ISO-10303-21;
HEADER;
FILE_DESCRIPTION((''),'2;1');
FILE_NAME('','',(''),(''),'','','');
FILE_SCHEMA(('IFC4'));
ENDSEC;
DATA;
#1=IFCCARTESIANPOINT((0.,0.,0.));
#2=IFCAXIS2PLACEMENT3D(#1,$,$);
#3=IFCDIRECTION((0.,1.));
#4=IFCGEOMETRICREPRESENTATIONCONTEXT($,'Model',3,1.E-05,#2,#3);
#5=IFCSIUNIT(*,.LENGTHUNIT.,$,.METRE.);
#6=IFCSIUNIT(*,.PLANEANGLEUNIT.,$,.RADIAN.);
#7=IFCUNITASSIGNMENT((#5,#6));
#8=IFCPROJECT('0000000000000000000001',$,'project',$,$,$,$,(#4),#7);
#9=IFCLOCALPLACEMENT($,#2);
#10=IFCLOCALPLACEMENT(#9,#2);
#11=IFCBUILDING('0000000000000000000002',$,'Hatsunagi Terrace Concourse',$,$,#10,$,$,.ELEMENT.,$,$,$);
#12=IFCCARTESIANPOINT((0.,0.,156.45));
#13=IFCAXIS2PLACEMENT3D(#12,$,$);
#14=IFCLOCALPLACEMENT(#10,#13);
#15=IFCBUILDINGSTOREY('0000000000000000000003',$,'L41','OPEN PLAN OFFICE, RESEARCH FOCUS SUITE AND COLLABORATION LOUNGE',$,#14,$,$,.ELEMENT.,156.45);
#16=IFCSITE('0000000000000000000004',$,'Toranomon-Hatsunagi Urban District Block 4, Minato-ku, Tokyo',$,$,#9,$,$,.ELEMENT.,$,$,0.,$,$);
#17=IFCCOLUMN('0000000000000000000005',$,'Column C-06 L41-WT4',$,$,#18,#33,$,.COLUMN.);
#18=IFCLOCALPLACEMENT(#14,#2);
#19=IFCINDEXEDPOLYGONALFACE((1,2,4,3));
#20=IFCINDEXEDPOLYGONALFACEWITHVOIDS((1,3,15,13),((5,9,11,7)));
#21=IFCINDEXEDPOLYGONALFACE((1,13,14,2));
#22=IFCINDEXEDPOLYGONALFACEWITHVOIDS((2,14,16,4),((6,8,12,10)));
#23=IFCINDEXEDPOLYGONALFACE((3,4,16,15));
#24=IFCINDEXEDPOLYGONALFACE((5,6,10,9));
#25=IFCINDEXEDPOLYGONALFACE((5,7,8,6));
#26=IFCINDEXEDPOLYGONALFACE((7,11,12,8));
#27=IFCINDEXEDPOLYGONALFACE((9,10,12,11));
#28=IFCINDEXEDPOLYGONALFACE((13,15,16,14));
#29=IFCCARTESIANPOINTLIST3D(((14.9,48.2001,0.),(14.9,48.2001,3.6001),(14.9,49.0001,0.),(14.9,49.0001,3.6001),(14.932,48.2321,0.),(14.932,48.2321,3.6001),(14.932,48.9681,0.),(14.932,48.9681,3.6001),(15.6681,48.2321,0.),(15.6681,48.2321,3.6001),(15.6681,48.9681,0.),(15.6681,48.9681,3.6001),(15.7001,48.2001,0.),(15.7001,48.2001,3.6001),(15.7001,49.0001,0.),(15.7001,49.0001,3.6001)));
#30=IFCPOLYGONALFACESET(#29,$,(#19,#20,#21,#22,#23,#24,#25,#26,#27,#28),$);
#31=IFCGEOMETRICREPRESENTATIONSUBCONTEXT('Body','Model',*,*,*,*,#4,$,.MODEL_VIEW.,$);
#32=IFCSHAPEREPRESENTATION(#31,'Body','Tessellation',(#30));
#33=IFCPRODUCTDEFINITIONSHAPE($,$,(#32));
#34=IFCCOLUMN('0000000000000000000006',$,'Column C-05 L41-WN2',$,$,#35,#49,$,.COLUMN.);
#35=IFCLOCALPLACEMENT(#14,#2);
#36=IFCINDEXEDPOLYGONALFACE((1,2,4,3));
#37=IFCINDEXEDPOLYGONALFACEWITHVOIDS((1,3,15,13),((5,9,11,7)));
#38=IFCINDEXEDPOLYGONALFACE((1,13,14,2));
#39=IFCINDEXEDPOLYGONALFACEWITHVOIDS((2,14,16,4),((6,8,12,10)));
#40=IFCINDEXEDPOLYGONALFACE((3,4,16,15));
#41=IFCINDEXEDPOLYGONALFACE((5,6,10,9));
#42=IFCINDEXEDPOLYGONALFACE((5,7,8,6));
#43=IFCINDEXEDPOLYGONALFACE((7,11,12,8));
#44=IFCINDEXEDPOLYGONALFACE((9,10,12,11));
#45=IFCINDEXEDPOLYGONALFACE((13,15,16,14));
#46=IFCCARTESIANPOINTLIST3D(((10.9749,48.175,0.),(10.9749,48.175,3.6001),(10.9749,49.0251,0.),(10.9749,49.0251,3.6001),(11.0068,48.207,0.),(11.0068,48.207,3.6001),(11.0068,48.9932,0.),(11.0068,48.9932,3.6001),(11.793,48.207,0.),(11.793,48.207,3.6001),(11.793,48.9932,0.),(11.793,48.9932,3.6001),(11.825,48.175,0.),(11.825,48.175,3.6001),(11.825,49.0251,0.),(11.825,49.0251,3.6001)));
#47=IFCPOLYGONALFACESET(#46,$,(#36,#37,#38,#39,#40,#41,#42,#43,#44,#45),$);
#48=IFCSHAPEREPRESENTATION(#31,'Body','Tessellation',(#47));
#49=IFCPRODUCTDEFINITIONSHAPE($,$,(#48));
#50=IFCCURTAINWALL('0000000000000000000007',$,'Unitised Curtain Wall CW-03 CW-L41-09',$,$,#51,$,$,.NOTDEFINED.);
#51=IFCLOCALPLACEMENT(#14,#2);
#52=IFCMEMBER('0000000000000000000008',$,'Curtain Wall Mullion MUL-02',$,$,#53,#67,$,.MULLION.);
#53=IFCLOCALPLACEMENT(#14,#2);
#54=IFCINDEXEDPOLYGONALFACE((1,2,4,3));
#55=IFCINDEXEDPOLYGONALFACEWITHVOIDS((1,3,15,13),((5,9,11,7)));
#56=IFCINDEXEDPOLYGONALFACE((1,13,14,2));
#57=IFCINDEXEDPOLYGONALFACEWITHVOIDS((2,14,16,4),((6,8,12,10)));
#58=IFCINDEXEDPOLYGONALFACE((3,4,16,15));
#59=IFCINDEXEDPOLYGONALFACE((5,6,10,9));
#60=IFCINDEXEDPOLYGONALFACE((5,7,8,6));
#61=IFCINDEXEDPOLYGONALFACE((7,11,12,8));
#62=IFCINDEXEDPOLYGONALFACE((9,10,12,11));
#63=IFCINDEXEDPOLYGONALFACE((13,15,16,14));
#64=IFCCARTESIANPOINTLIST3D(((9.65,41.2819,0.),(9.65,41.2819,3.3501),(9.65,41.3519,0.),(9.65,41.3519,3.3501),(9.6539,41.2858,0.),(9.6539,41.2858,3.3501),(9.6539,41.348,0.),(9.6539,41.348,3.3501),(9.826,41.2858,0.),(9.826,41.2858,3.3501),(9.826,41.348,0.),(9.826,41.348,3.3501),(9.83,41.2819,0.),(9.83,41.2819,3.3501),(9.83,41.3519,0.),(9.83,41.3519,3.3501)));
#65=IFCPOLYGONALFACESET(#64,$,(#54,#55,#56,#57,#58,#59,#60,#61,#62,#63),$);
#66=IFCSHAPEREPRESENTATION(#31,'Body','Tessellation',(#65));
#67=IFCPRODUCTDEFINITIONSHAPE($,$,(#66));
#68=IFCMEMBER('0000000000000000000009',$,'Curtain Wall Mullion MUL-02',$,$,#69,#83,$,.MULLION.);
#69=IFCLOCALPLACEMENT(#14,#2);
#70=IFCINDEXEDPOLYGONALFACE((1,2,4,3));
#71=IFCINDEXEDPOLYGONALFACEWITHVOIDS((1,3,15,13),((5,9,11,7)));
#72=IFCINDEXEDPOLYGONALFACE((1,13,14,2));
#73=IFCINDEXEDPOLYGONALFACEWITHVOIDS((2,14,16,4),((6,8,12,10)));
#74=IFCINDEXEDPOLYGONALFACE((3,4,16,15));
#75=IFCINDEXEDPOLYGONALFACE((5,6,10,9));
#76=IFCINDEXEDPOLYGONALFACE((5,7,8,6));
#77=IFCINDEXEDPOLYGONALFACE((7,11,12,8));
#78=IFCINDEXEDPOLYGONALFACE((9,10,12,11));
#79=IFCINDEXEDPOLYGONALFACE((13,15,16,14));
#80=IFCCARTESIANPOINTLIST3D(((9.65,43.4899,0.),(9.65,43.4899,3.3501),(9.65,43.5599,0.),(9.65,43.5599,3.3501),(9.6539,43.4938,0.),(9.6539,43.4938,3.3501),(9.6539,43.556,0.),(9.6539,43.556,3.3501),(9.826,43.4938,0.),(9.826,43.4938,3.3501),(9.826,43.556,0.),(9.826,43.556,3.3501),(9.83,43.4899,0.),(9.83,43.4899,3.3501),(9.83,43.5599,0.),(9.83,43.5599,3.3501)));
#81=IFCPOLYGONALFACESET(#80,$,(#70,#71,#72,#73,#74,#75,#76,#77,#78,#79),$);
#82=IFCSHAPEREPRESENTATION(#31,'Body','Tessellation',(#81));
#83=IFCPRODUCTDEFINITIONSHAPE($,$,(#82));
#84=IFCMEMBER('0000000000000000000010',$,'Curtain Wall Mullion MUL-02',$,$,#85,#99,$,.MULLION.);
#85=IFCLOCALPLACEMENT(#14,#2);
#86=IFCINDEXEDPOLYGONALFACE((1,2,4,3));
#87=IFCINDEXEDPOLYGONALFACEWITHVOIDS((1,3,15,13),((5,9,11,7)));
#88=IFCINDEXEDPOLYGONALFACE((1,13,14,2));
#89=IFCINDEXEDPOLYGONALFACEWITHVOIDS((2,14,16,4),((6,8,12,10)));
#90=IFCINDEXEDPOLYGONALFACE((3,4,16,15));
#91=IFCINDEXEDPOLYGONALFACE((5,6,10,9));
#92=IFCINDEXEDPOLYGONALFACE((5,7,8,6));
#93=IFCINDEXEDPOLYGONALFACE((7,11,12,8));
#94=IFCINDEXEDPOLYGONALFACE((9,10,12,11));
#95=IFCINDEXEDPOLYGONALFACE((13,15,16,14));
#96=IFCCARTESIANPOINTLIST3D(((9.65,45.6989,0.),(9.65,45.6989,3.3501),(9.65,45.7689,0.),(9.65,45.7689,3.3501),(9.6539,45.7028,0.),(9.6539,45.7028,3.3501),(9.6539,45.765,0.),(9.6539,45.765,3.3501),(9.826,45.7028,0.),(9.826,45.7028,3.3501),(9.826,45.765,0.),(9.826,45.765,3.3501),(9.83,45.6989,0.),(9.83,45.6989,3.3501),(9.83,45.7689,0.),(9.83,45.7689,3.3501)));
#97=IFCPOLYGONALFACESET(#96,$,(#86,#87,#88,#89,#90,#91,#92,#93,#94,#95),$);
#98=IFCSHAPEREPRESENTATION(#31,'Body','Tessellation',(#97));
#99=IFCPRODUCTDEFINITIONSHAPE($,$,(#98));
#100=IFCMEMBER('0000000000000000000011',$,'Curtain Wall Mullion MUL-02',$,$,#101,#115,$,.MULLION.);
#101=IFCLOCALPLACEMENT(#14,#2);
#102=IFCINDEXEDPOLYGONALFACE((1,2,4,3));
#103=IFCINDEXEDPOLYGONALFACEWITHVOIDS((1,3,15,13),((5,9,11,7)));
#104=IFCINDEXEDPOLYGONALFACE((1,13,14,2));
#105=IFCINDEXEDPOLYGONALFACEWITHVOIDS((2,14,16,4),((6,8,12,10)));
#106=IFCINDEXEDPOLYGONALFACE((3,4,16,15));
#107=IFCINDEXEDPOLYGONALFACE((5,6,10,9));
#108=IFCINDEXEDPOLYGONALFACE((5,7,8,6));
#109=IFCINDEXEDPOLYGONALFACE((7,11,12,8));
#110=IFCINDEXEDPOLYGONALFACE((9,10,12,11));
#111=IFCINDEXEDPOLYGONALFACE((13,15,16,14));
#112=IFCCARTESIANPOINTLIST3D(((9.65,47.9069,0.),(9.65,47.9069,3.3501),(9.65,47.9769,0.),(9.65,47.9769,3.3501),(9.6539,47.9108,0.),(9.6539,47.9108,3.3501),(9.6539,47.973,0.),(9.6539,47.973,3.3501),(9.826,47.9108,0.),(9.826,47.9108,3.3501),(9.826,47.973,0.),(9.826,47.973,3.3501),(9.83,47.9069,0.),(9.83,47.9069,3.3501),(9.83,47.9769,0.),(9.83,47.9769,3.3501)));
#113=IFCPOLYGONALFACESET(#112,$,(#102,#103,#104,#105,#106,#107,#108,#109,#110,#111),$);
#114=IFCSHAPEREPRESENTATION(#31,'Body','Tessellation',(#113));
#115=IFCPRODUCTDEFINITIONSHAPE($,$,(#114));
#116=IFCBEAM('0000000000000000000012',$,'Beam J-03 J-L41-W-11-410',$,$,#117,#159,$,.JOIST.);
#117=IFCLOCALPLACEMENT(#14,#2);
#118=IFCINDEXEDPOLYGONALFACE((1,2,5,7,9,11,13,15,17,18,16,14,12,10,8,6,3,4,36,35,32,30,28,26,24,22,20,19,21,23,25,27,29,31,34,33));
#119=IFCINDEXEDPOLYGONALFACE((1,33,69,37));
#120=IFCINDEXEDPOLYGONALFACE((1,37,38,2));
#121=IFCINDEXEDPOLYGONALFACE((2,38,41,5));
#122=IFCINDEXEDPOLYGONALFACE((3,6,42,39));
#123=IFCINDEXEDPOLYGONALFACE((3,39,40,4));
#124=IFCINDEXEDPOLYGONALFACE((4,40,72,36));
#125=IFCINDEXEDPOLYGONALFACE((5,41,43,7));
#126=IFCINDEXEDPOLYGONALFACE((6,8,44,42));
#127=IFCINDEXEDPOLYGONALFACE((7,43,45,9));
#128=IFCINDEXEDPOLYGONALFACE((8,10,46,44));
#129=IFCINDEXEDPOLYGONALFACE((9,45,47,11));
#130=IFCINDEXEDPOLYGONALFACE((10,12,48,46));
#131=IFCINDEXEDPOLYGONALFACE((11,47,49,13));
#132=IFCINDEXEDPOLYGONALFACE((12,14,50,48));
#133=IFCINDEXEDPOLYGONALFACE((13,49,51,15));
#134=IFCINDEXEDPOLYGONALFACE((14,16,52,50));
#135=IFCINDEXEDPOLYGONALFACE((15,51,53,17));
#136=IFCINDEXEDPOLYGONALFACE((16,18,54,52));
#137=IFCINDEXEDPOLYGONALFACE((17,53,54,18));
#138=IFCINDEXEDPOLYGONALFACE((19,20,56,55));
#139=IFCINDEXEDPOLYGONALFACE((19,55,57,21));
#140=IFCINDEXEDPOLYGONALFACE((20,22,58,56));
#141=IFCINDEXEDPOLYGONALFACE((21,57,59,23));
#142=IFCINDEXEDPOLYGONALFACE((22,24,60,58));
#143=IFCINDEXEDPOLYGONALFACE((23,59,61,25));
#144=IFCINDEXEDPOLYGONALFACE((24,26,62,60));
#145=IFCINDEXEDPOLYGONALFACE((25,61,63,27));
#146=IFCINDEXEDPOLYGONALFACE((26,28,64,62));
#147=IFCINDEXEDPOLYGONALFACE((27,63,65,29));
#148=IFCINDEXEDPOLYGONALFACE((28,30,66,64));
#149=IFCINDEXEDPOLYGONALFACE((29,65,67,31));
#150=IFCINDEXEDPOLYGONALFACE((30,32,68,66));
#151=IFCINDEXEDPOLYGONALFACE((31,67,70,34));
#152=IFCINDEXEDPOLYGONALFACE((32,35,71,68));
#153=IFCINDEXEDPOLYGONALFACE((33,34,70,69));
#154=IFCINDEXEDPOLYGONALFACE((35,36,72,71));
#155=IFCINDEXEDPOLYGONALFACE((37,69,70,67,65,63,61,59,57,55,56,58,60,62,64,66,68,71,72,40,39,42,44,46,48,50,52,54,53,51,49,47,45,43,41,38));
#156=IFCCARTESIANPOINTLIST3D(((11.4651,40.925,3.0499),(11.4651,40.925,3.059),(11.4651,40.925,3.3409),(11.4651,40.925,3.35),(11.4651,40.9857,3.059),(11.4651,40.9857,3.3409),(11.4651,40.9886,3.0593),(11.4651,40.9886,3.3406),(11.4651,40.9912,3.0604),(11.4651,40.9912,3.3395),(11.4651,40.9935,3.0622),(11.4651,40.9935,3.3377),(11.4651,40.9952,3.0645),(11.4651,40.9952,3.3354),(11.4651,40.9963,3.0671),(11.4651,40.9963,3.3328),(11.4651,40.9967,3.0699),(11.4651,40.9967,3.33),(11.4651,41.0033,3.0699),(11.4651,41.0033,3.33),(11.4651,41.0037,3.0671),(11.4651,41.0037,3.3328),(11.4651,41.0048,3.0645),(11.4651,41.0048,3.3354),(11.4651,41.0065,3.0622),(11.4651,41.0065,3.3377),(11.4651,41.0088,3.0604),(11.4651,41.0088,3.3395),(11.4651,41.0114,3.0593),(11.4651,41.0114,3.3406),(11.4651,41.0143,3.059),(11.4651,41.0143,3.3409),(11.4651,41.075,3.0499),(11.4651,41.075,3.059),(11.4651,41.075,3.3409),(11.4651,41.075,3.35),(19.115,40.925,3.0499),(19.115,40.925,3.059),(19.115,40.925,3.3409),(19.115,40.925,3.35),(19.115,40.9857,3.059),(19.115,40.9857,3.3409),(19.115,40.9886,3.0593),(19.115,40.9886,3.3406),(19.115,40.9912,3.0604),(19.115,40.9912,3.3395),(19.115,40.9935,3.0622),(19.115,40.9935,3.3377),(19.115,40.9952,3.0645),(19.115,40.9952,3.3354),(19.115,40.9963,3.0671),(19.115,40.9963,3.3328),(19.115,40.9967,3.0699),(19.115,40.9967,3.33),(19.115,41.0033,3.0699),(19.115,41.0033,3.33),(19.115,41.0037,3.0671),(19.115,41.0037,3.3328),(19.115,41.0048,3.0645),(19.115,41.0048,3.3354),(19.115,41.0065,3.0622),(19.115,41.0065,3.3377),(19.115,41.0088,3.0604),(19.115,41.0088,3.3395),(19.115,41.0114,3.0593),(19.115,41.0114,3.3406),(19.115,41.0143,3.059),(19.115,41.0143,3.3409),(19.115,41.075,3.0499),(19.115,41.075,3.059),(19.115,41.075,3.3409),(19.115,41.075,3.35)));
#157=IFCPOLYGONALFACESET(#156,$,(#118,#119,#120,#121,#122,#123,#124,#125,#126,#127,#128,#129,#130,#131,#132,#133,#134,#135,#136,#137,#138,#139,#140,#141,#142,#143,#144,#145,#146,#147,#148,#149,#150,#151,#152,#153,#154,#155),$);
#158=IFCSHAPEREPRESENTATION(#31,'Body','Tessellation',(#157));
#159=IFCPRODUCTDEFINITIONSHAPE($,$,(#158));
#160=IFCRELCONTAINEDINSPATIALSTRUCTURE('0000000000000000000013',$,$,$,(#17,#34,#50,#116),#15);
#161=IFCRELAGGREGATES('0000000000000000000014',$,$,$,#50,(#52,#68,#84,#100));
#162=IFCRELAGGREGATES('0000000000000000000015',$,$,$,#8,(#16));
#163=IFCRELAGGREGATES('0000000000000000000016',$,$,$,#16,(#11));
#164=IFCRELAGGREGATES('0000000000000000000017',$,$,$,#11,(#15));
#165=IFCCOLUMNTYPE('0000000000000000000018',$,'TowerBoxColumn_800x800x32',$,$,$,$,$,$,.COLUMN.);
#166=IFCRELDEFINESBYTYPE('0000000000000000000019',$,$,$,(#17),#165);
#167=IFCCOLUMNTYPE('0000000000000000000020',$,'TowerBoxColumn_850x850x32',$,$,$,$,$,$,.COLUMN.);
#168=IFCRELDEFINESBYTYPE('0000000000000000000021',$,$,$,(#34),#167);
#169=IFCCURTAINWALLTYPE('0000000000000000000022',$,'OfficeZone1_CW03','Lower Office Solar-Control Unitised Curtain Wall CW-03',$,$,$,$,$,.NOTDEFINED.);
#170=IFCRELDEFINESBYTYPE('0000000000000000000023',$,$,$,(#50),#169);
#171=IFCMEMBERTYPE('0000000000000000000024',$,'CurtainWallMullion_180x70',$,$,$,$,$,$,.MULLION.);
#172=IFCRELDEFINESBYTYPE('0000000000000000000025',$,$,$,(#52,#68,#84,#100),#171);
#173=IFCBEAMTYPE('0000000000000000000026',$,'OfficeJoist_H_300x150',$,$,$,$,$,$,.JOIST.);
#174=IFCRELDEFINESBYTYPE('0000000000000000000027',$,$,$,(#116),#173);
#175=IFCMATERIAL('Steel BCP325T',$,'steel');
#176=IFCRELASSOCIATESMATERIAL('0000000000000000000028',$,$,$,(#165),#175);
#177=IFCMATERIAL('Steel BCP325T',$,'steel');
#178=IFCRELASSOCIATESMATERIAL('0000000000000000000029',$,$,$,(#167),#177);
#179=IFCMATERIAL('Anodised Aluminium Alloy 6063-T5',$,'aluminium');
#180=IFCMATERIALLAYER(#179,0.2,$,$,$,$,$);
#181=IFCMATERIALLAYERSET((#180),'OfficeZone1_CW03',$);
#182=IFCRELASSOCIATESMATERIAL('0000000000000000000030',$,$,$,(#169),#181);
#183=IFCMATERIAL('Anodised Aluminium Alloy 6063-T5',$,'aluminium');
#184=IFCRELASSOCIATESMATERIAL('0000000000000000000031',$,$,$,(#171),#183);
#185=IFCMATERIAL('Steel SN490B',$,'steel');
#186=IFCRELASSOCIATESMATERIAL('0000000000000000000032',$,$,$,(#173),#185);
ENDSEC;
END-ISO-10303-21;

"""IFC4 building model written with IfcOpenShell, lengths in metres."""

from ifc_helpers import new_model, si_unit, direction, frame, origin, origin_2d, place, context, subcontext, project, spatial, hollow_rectangle, i_section, extrude, material, layer, layer_set, material_profile, profile_set, type_object, element, aggregate, save


model = new_model("IFC4")

# Units and contexts
model_context = context("Model", 3, precision=1e-05, world=origin(), true_north=direction((0.0, 1.0)))
body_context = subcontext(model_context, "Body", "Model", "MODEL_VIEW")
ifc_project = project(units=[si_unit("LENGTHUNIT", "METRE"), si_unit("PLANEANGLEUNIT", "RADIAN")], contexts=[model_context])

# Site, building, storey
site_placement = place(None, origin())
site = spatial("IfcSite", under=ifc_project, at=site_placement, Name="Toranomon-Hatsunagi Urban District Block 4, Minato-ku, Tokyo", CompositionType="ELEMENT", RefElevation=0.0)
building_placement = place(site_placement, origin())
building = spatial("IfcBuilding", under=site, at=building_placement, Name="Hatsunagi Terrace Concourse", CompositionType="ELEMENT")
storey_placement = place(building_placement, frame((0.0, 0.0, 156.45)))
storey = spatial("IfcBuildingStorey", under=building, at=storey_placement, Name="L41", Description="OPEN PLAN OFFICE, RESEARCH FOCUS SUITE AND COLLABORATION LOUNGE", CompositionType="ELEMENT", Elevation=156.45)

# Columns
ifc_material_1 = material(Name="Steel BCP325T", Category="steel")
ifc_material_profile_1 = material_profile(ifc_material_1, hollow_rectangle(XDim=0.8, YDim=0.8, WallThickness=0.032, at=origin_2d()), Name="BCP-800x800x32")
ifc_profile_set_1 = profile_set([ifc_material_profile_1], Name="Steel BCP325T")
column_type_1 = type_object("IfcColumnType", Name="TowerBoxColumn_800x800x32", PredefinedType="COLUMN", material=ifc_profile_set_1)
column_1_placement = place(storey_placement, frame((15.3, 48.6001, 0.0), z_axis=(0.0, 0.0, 1.0), x_axis=(1.0, 0.0, 0.0)))
element("IfcColumn", 1, at=column_1_placement, inside=storey, type_object=column_type_1, Name="Column C-06 L41-WT4", PredefinedType="COLUMN", context=body_context, shape_type="SweptSolid", body=[
    extrude(hollow_rectangle(XDim=0.8, YDim=0.8, WallThickness=0.032, at=origin_2d()), origin(), (0.0, 0.0, 1.0), 3.6001),
])
ifc_material_2 = material(Name="Steel BCP325T", Category="steel")
ifc_material_profile_2 = material_profile(ifc_material_2, hollow_rectangle(XDim=0.8501, YDim=0.8501, WallThickness=0.032, at=origin_2d()), Name="BCP-850x850x32")
ifc_profile_set_2 = profile_set([ifc_material_profile_2], Name="Steel BCP325T")
column_type_2 = type_object("IfcColumnType", Name="TowerBoxColumn_850x850x32", PredefinedType="COLUMN", material=ifc_profile_set_2)
column_2_placement = place(storey_placement, frame((11.3999, 48.6001, 0.0), z_axis=(0.0, 0.0, 1.0), x_axis=(1.0, 0.0, 0.0)))
element("IfcColumn", 2, at=column_2_placement, inside=storey, type_object=column_type_2, Name="Column C-05 L41-WN2", PredefinedType="COLUMN", context=body_context, shape_type="SweptSolid", body=[
    extrude(hollow_rectangle(XDim=0.8501, YDim=0.8501, WallThickness=0.032, at=origin_2d()), origin(), (0.0, 0.0, 1.0), 3.6001),
])

# Curtain wall, members
ifc_material_3 = material(Name="Anodised Aluminium Alloy 6063-T5", Category="aluminium")
ifc_layer_1 = layer(ifc_material_3, 0.2)
ifc_layer_set_1 = layer_set([ifc_layer_1], Name="OfficeZone1_CW03")
curtain_wall_type = type_object("IfcCurtainWallType", Name="OfficeZone1_CW03", Description="Lower Office Solar-Control Unitised Curtain Wall CW-03", PredefinedType="NOTDEFINED", material=ifc_layer_set_1)
curtain_wall_placement = place(storey_placement, origin())
curtain_wall = element("IfcCurtainWall", 3, at=curtain_wall_placement, inside=storey, type_object=curtain_wall_type, Name="Unitised Curtain Wall CW-03 CW-L41-09", PredefinedType="NOTDEFINED")
ifc_material_4 = material(Name="Anodised Aluminium Alloy 6063-T5", Category="aluminium")
ifc_material_profile_3 = material_profile(ifc_material_4, hollow_rectangle(XDim=0.0701, YDim=0.1799, WallThickness=0.0039, at=origin_2d()), Name="ALU-MUL-180x70x4")
ifc_profile_set_3 = profile_set([ifc_material_profile_3], Name="Anodised Aluminium Alloy 6063-T5")
member_type = type_object("IfcMemberType", Name="CurtainWallMullion_180x70", PredefinedType="MULLION", material=ifc_profile_set_3)
member_1_placement = place(storey_placement, frame((9.74, 41.3169, 0.0), z_axis=(0.0, 0.0, 1.0), x_axis=(0.0, 1.0, 0.0)))
member_1 = element("IfcMember", 4, at=member_1_placement, type_object=member_type, Name="Curtain Wall Mullion MUL-02", PredefinedType="MULLION", context=body_context, shape_type="SweptSolid", body=[
    extrude(hollow_rectangle(XDim=0.0701, YDim=0.1799, WallThickness=0.0039, at=origin_2d()), origin(), (0.0, 0.0, 1.0), 3.3501),
])
member_2_placement = place(storey_placement, frame((9.74, 43.5249, 0.0), z_axis=(0.0, 0.0, 1.0), x_axis=(0.0, 1.0, 0.0)))
member_2 = element("IfcMember", 5, at=member_2_placement, type_object=member_type, Name="Curtain Wall Mullion MUL-02", PredefinedType="MULLION", context=body_context, shape_type="SweptSolid", body=[
    extrude(hollow_rectangle(XDim=0.0701, YDim=0.1799, WallThickness=0.0039, at=origin_2d()), origin(), (0.0, 0.0, 1.0), 3.3501),
])
member_3_placement = place(storey_placement, frame((9.74, 45.7339, 0.0), z_axis=(0.0, 0.0, 1.0), x_axis=(0.0, 1.0, 0.0)))
member_3 = element("IfcMember", 6, at=member_3_placement, type_object=member_type, Name="Curtain Wall Mullion MUL-02", PredefinedType="MULLION", context=body_context, shape_type="SweptSolid", body=[
    extrude(hollow_rectangle(XDim=0.0701, YDim=0.1799, WallThickness=0.0039, at=origin_2d()), origin(), (0.0, 0.0, 1.0), 3.3501),
])
member_4_placement = place(storey_placement, frame((9.74, 47.9419, 0.0), z_axis=(0.0, 0.0, 1.0), x_axis=(0.0, 1.0, 0.0)))
member_4 = element("IfcMember", 7, at=member_4_placement, type_object=member_type, Name="Curtain Wall Mullion MUL-02", PredefinedType="MULLION", context=body_context, shape_type="SweptSolid", body=[
    extrude(hollow_rectangle(XDim=0.0701, YDim=0.1799, WallThickness=0.0039, at=origin_2d()), origin(), (0.0, 0.0, 1.0), 3.3501),
])

# Beam
ifc_material_5 = material(Name="Steel SN490B", Category="steel")
ifc_material_profile_4 = material_profile(ifc_material_5, i_section(OverallWidth=0.1499, OverallDepth=0.3, WebThickness=0.0066, FlangeThickness=0.009, FilletRadius=0.011, at=origin_2d()), Name="H-300x150x6.5x9")
ifc_profile_set_4 = profile_set([ifc_material_profile_4], Name="Steel SN490B")
beam_type_1 = type_object("IfcBeamType", Name="OfficeJoist_H_300x150", PredefinedType="JOIST", material=ifc_profile_set_4)
for number, where, z_axis, x_axis, name in (
    (8, (11.4651, 41.0, 3.2), (1.0, 0.0, 0.0), (0.0, 1.0, 0.0), "Beam J-03 J-L41-W-11-410"),
):
    element("IfcBeam", number, at=place(storey_placement, frame(where, z_axis=z_axis, x_axis=x_axis)), inside=storey, type_object=beam_type_1, Name=name, PredefinedType="JOIST", context=body_context, shape_type="SweptSolid", body=[
        extrude(i_section(OverallWidth=0.1499, OverallDepth=0.3, WebThickness=0.0066, FlangeThickness=0.009, FilletRadius=0.011, at=origin_2d()), origin(), (0.0, 0.0, 1.0), 7.6499),
    ])

aggregate(curtain_wall, [member_1, member_2, member_3, member_4])

save(model, "model.ifc")
